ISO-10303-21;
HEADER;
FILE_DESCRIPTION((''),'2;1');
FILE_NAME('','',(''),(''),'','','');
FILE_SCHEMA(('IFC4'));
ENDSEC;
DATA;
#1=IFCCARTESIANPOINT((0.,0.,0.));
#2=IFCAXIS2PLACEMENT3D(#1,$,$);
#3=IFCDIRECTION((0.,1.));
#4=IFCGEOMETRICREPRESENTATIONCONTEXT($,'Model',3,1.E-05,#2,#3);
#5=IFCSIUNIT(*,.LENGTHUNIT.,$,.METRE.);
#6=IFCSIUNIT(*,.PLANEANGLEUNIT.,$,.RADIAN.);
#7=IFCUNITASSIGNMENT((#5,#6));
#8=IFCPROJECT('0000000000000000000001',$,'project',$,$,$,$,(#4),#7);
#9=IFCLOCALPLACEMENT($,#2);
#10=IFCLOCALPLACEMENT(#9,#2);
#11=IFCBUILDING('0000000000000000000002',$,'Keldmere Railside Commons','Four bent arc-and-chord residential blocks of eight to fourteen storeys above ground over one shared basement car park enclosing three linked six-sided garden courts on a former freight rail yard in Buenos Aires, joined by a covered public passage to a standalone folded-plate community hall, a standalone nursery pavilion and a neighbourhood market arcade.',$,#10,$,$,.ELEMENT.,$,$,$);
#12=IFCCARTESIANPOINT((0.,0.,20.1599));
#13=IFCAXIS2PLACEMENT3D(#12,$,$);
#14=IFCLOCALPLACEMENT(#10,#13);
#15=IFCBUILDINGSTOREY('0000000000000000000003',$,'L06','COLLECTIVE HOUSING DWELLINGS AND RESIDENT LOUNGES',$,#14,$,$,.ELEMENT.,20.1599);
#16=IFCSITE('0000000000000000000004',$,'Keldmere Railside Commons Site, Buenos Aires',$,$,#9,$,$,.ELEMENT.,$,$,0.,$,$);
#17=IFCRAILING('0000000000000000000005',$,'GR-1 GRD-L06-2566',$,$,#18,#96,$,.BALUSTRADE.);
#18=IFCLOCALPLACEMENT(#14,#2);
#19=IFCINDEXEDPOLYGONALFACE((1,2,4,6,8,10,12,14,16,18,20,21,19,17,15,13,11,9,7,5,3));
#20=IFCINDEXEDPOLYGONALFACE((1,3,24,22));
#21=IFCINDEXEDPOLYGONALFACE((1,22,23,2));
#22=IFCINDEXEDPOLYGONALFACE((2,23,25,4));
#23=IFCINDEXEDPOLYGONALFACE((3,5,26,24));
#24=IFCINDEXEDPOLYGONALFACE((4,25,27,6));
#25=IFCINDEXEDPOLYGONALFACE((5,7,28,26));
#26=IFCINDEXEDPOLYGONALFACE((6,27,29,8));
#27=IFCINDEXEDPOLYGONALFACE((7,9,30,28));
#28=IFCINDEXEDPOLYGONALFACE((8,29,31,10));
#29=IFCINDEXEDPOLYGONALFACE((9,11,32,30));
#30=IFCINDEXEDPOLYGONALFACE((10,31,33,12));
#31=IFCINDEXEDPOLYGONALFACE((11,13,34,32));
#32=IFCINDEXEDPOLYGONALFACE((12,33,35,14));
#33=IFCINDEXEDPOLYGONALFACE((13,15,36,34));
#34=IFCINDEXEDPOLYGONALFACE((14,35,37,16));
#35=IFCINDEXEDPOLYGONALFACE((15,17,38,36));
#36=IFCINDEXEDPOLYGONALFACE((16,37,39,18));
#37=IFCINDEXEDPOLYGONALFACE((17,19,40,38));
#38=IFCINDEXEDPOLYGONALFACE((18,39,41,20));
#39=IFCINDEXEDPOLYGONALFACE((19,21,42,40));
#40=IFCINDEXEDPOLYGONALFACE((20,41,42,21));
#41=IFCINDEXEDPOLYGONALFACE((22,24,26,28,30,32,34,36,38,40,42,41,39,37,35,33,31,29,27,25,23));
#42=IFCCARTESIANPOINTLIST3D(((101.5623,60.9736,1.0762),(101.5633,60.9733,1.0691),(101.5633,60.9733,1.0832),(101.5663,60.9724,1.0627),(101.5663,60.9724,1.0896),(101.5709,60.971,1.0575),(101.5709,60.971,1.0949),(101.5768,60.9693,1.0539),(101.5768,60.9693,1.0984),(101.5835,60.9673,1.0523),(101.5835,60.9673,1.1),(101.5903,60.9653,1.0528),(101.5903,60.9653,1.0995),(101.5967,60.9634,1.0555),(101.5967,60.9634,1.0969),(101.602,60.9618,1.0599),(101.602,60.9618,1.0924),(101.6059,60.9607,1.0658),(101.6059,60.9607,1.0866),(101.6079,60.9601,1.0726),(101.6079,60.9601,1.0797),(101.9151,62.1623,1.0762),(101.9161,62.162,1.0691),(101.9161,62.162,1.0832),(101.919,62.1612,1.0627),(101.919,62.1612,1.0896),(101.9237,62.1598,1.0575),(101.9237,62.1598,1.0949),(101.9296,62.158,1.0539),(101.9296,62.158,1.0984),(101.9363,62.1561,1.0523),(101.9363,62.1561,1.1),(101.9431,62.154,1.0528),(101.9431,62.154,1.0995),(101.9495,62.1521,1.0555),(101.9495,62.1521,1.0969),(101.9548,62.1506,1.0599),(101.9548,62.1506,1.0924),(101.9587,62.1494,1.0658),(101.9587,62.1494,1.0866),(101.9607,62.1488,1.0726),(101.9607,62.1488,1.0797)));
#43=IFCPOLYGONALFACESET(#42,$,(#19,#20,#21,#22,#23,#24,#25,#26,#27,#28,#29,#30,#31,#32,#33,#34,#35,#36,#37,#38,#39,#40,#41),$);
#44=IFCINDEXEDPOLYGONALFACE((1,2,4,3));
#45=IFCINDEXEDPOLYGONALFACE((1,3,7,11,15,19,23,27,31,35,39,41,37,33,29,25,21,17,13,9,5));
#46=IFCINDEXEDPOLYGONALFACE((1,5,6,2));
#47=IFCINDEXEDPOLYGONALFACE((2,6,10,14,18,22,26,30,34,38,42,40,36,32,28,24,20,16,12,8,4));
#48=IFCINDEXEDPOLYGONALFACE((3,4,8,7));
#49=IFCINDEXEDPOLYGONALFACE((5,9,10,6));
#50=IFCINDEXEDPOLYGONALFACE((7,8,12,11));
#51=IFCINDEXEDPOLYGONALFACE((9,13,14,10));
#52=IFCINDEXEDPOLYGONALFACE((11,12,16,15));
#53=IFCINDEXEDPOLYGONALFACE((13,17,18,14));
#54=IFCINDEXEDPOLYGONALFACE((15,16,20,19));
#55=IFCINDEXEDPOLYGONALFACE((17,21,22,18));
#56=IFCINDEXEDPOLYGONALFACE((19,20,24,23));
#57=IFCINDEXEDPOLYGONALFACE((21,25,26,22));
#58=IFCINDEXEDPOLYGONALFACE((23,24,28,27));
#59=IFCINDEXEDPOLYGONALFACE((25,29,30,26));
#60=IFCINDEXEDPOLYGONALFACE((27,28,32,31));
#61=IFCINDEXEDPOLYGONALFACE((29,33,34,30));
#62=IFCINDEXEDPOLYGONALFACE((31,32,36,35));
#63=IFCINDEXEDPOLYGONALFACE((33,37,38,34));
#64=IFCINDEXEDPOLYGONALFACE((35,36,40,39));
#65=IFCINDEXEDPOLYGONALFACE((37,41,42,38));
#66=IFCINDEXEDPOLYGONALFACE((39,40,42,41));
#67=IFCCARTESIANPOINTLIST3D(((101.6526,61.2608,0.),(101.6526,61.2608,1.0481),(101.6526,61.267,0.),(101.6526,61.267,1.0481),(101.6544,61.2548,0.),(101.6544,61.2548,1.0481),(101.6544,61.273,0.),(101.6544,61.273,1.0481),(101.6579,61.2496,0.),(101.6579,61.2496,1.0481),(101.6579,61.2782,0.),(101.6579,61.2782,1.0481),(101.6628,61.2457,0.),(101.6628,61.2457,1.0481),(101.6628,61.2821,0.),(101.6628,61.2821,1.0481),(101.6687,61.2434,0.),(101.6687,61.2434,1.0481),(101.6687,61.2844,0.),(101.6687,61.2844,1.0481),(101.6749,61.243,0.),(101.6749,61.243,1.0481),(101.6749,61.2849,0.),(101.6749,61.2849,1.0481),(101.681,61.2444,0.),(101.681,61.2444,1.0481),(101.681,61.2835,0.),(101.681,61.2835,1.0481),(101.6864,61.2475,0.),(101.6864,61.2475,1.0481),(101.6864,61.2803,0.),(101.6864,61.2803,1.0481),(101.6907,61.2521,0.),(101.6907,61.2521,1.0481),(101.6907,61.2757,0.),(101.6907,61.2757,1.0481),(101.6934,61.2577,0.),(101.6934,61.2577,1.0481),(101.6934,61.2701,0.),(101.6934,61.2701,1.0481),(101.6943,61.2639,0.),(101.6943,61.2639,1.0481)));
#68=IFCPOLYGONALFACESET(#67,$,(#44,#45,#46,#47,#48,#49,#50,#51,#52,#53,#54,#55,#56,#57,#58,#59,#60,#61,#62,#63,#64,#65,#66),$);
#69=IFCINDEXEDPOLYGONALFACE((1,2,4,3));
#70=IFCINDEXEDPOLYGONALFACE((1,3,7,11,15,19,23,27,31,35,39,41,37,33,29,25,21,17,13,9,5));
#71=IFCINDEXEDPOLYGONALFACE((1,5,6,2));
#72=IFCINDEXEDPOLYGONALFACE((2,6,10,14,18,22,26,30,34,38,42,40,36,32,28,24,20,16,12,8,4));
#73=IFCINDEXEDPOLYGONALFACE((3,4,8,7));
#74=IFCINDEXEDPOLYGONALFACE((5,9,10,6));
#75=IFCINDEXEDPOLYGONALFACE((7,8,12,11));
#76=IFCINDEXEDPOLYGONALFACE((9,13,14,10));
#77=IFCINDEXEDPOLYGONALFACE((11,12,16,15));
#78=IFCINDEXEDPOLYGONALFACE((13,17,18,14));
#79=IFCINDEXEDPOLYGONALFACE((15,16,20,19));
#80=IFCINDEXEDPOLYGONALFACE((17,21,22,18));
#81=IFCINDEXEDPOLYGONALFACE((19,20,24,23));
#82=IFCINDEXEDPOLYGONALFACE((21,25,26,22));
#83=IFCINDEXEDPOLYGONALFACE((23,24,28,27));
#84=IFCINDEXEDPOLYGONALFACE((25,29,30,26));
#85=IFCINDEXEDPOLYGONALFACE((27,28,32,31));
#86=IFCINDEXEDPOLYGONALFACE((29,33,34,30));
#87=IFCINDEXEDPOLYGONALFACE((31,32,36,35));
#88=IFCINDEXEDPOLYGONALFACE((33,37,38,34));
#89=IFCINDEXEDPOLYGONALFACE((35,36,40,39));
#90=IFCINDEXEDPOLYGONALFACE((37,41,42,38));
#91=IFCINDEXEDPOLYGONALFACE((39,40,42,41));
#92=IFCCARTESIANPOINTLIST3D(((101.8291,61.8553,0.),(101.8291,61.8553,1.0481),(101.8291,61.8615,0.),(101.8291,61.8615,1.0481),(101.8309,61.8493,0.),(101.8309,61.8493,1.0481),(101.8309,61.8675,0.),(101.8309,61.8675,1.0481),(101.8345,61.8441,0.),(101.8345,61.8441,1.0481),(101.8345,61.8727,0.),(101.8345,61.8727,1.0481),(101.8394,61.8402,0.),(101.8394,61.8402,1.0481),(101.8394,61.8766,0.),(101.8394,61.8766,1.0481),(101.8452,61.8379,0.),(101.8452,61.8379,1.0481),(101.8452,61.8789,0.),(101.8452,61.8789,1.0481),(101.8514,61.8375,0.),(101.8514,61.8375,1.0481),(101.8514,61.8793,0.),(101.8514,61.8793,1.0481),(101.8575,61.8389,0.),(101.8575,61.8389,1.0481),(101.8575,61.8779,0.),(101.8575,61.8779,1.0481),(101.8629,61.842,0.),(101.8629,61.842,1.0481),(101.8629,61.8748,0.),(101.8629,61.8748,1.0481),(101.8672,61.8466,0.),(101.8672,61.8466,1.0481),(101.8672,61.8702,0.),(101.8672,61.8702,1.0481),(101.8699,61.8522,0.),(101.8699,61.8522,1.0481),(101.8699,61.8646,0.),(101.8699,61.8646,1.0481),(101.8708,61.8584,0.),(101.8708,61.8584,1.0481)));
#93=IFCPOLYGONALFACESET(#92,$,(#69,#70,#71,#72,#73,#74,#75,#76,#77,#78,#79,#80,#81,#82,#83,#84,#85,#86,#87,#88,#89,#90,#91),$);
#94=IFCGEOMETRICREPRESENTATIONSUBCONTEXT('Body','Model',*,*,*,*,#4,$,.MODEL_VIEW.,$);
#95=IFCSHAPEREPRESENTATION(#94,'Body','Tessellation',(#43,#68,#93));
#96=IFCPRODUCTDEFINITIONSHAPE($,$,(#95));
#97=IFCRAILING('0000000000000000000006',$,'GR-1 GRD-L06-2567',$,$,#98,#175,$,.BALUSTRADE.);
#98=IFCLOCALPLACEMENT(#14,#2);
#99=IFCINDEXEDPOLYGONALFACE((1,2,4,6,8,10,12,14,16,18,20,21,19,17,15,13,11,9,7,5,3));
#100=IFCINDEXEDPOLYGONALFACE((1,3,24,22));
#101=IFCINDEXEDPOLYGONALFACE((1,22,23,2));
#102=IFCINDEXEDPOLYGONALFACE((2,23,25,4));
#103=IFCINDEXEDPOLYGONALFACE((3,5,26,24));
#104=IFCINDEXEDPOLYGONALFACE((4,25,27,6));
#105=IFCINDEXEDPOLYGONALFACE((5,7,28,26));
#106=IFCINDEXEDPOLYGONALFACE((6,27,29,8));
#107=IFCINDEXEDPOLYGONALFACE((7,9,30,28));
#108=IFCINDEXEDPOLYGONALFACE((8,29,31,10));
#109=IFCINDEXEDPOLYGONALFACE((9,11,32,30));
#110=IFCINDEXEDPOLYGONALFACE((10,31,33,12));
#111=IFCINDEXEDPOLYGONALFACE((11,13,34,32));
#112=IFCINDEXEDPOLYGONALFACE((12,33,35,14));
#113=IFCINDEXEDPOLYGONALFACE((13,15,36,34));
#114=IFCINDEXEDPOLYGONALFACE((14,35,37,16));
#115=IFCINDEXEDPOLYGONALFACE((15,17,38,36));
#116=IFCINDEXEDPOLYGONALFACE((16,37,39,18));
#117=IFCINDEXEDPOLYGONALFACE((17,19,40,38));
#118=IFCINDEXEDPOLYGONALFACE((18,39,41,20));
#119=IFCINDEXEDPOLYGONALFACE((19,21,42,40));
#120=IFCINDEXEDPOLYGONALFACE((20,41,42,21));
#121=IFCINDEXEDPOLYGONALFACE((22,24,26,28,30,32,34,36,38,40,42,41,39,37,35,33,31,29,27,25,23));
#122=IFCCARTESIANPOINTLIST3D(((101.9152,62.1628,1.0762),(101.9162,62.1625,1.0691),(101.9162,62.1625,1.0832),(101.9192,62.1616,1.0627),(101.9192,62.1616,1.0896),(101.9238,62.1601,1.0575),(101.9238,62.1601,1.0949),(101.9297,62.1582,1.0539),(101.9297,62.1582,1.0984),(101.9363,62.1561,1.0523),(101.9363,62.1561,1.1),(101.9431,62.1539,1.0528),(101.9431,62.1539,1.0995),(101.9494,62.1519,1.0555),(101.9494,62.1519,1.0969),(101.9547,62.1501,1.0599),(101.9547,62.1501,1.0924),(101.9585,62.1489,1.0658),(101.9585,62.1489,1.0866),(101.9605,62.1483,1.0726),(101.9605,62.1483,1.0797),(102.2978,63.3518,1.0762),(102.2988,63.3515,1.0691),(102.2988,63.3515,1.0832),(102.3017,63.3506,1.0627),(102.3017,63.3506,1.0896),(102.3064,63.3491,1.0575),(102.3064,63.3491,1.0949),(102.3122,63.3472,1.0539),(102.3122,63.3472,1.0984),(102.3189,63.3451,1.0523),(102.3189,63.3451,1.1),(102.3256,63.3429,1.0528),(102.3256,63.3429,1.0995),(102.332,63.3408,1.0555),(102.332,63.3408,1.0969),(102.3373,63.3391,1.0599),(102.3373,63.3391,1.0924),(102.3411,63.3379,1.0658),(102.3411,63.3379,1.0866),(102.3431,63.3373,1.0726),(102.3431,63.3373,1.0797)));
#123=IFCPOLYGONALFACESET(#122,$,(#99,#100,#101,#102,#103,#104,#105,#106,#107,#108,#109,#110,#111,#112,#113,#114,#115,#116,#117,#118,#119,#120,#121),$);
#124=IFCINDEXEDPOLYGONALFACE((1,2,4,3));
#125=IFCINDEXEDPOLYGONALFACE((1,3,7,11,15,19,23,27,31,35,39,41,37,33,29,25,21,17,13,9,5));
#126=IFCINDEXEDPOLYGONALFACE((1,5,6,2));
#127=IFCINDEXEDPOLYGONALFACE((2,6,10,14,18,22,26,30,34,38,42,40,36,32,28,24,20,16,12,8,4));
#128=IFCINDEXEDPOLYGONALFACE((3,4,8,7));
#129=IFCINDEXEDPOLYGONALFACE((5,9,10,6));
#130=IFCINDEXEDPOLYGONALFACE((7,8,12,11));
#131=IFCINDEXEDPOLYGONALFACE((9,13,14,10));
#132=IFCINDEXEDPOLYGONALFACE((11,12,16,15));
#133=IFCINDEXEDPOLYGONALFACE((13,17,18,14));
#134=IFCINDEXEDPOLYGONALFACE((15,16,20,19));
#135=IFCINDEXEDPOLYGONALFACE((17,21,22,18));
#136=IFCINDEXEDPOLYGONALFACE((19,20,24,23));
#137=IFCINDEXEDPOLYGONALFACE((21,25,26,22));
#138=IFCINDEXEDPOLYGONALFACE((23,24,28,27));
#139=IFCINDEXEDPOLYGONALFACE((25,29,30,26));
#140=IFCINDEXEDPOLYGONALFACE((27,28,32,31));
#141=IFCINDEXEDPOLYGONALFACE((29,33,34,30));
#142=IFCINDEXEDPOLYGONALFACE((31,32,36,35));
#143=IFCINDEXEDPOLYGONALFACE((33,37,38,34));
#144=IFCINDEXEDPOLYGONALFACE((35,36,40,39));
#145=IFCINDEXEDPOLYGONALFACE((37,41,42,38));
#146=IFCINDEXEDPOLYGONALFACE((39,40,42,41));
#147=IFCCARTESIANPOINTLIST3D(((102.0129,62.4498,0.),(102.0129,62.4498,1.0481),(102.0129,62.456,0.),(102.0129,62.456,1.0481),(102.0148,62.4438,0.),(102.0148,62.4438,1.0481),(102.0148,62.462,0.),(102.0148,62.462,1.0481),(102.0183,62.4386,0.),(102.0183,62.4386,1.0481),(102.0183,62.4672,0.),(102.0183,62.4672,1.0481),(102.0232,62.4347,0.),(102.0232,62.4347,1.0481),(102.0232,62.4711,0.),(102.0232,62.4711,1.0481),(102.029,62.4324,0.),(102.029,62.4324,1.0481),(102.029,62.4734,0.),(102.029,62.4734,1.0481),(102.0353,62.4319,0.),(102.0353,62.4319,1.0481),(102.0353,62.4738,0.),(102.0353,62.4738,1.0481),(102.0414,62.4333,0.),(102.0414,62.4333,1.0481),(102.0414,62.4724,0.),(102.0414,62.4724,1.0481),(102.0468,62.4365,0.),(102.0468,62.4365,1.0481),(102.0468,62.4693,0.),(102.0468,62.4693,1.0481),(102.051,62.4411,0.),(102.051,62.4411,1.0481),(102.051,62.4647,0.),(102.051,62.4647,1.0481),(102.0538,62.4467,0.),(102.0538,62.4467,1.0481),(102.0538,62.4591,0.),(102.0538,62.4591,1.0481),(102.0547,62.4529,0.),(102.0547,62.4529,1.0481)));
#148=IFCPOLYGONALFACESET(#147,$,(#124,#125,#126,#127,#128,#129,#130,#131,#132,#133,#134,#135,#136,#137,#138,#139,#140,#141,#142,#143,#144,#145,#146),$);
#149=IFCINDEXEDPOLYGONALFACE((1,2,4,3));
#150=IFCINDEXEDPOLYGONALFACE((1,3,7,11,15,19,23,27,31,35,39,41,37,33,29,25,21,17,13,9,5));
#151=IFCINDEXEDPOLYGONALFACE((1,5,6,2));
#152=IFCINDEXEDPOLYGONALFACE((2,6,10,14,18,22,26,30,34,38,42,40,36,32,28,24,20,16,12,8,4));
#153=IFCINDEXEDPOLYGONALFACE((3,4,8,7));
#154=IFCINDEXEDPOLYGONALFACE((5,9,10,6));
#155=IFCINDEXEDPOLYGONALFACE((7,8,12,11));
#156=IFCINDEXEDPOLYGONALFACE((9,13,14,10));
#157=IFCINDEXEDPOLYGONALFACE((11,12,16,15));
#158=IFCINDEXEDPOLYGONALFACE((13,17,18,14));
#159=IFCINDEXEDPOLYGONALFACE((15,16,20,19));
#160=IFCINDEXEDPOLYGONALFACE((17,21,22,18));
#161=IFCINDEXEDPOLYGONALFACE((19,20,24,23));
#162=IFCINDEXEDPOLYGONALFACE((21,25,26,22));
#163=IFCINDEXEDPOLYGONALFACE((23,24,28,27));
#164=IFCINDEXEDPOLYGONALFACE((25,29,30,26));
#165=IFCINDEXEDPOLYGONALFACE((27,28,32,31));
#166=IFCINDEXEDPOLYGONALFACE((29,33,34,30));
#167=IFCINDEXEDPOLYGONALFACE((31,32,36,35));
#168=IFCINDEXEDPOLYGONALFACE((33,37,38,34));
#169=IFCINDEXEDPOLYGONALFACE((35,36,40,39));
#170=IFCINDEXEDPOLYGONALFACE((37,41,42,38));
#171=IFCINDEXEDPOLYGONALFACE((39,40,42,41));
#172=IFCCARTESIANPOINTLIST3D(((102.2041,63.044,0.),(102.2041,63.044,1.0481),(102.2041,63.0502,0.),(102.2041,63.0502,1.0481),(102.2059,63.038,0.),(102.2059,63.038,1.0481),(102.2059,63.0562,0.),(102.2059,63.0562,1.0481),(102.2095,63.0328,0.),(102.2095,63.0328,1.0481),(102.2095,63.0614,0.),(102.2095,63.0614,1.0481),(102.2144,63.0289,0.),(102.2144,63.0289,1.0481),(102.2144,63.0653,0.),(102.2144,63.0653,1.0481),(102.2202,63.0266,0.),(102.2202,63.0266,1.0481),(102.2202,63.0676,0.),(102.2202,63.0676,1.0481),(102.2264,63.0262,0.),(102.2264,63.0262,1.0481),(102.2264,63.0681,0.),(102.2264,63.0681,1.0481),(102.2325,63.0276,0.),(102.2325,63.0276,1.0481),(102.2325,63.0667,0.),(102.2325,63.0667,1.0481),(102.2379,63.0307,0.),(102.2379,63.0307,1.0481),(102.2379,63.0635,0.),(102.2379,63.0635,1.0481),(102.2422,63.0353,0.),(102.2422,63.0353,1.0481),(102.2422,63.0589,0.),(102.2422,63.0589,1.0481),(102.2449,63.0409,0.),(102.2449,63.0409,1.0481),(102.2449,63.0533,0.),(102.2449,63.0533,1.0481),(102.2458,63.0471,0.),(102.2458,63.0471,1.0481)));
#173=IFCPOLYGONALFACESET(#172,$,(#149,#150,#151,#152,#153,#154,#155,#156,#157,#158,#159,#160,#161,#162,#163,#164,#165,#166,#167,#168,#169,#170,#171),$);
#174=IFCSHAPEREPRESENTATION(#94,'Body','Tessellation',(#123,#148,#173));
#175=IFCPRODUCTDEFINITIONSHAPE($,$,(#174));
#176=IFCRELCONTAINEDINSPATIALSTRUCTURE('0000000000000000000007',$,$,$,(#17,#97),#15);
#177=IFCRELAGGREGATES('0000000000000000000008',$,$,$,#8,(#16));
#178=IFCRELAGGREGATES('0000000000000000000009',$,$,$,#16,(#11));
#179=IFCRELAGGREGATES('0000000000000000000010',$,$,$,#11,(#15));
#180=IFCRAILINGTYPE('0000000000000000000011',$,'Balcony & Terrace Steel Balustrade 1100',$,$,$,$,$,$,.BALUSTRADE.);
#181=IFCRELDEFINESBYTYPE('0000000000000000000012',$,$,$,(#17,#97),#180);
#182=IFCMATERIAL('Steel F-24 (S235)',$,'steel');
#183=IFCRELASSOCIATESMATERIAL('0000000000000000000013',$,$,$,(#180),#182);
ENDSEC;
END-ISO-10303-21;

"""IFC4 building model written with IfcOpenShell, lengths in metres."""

from ifc_helpers import new_model, si_unit, direction, frame, origin, origin_2d, place, context, subcontext, project, spatial, circle, extrude, material, type_object, element, save


model = new_model("IFC4")

# Units and contexts
model_context = context("Model", 3, precision=1e-05, world=origin(), true_north=direction((0.0, 1.0)))
body_context = subcontext(model_context, "Body", "Model", "MODEL_VIEW")
ifc_project = project(units=[si_unit("LENGTHUNIT", "METRE"), si_unit("PLANEANGLEUNIT", "RADIAN")], contexts=[model_context])

# Site, building, storey
site_placement = place(None, origin())
site = spatial("IfcSite", under=ifc_project, at=site_placement, Name="Keldmere Railside Commons Site, Buenos Aires", CompositionType="ELEMENT", RefElevation=0.0)
building_placement = place(site_placement, origin())
building = spatial("IfcBuilding", under=site, at=building_placement, Name="Keldmere Railside Commons", Description="Four bent arc-and-chord residential blocks of eight to fourteen storeys above ground over one shared basement car park enclosing three linked six-sided garden courts on a former freight rail yard in Buenos Aires, joined by a covered public passage to a standalone folded-plate community hall, a standalone nursery pavilion and a neighbourhood market arcade.", CompositionType="ELEMENT")
storey_placement = place(building_placement, frame((0.0, 0.0, 20.1599)))
storey = spatial("IfcBuildingStorey", under=building, at=storey_placement, Name="L06", Description="COLLECTIVE HOUSING DWELLINGS AND RESIDENT LOUNGES", CompositionType="ELEMENT", Elevation=20.1599)

# Railings
ifc_material_1 = material(Name="Steel F-24 (S235)", Category="steel")
railing_type = type_object("IfcRailingType", Name="Balcony & Terrace Steel Balustrade 1100", PredefinedType="BALUSTRADE", material=ifc_material_1)
railing_1_placement = place(storey_placement, frame((101.5852, 60.9668, 0.0)))
element("IfcRailing", 1, at=railing_1_placement, inside=storey, type_object=railing_type, Name="GR-1 GRD-L06-2566", PredefinedType="BALUSTRADE", context=body_context, shape_type="SweptSolid", body=[
    extrude(circle(Radius=0.0239, at=origin_2d()), frame((0.0, 0.0, 1.0762), z_axis=(0.284511, 0.958673, 0.0), x_axis=(-0.958673, 0.284511, 0.0)), (0.0, 0.0, 1.0), 1.24),
    extrude(circle(Radius=0.021, at=origin_2d()), frame((0.0881, 0.2971, 0.0)), (0.0, 0.0, 1.0), 1.0481),
    extrude(circle(Radius=0.021, at=origin_2d()), frame((0.2646, 0.8916, 0.0)), (0.0, 0.0, 1.0), 1.0481),
])
railing_2_placement = place(storey_placement, frame((101.938, 62.1555, 0.0)))
element("IfcRailing", 2, at=railing_2_placement, inside=storey, type_object=railing_type, Name="GR-1 GRD-L06-2567", PredefinedType="BALUSTRADE", context=body_context, shape_type="SweptSolid", body=[
    extrude(circle(Radius=0.0239, at=origin_2d()), frame((0.0, 0.0, 1.0762), z_axis=(0.3063, 0.951935, 0.0), x_axis=(-0.951935, 0.3063, 0.0)), (0.0, 0.0, 1.0), 1.249),
    extrude(circle(Radius=0.021, at=origin_2d()), frame((0.0957, 0.2974, 0.0)), (0.0, 0.0, 1.0), 1.0481),
    extrude(circle(Radius=0.021, at=origin_2d()), frame((0.2869, 0.8916, 0.0)), (0.0, 0.0, 1.0), 1.0481),
])

save(model, "model.ifc")
